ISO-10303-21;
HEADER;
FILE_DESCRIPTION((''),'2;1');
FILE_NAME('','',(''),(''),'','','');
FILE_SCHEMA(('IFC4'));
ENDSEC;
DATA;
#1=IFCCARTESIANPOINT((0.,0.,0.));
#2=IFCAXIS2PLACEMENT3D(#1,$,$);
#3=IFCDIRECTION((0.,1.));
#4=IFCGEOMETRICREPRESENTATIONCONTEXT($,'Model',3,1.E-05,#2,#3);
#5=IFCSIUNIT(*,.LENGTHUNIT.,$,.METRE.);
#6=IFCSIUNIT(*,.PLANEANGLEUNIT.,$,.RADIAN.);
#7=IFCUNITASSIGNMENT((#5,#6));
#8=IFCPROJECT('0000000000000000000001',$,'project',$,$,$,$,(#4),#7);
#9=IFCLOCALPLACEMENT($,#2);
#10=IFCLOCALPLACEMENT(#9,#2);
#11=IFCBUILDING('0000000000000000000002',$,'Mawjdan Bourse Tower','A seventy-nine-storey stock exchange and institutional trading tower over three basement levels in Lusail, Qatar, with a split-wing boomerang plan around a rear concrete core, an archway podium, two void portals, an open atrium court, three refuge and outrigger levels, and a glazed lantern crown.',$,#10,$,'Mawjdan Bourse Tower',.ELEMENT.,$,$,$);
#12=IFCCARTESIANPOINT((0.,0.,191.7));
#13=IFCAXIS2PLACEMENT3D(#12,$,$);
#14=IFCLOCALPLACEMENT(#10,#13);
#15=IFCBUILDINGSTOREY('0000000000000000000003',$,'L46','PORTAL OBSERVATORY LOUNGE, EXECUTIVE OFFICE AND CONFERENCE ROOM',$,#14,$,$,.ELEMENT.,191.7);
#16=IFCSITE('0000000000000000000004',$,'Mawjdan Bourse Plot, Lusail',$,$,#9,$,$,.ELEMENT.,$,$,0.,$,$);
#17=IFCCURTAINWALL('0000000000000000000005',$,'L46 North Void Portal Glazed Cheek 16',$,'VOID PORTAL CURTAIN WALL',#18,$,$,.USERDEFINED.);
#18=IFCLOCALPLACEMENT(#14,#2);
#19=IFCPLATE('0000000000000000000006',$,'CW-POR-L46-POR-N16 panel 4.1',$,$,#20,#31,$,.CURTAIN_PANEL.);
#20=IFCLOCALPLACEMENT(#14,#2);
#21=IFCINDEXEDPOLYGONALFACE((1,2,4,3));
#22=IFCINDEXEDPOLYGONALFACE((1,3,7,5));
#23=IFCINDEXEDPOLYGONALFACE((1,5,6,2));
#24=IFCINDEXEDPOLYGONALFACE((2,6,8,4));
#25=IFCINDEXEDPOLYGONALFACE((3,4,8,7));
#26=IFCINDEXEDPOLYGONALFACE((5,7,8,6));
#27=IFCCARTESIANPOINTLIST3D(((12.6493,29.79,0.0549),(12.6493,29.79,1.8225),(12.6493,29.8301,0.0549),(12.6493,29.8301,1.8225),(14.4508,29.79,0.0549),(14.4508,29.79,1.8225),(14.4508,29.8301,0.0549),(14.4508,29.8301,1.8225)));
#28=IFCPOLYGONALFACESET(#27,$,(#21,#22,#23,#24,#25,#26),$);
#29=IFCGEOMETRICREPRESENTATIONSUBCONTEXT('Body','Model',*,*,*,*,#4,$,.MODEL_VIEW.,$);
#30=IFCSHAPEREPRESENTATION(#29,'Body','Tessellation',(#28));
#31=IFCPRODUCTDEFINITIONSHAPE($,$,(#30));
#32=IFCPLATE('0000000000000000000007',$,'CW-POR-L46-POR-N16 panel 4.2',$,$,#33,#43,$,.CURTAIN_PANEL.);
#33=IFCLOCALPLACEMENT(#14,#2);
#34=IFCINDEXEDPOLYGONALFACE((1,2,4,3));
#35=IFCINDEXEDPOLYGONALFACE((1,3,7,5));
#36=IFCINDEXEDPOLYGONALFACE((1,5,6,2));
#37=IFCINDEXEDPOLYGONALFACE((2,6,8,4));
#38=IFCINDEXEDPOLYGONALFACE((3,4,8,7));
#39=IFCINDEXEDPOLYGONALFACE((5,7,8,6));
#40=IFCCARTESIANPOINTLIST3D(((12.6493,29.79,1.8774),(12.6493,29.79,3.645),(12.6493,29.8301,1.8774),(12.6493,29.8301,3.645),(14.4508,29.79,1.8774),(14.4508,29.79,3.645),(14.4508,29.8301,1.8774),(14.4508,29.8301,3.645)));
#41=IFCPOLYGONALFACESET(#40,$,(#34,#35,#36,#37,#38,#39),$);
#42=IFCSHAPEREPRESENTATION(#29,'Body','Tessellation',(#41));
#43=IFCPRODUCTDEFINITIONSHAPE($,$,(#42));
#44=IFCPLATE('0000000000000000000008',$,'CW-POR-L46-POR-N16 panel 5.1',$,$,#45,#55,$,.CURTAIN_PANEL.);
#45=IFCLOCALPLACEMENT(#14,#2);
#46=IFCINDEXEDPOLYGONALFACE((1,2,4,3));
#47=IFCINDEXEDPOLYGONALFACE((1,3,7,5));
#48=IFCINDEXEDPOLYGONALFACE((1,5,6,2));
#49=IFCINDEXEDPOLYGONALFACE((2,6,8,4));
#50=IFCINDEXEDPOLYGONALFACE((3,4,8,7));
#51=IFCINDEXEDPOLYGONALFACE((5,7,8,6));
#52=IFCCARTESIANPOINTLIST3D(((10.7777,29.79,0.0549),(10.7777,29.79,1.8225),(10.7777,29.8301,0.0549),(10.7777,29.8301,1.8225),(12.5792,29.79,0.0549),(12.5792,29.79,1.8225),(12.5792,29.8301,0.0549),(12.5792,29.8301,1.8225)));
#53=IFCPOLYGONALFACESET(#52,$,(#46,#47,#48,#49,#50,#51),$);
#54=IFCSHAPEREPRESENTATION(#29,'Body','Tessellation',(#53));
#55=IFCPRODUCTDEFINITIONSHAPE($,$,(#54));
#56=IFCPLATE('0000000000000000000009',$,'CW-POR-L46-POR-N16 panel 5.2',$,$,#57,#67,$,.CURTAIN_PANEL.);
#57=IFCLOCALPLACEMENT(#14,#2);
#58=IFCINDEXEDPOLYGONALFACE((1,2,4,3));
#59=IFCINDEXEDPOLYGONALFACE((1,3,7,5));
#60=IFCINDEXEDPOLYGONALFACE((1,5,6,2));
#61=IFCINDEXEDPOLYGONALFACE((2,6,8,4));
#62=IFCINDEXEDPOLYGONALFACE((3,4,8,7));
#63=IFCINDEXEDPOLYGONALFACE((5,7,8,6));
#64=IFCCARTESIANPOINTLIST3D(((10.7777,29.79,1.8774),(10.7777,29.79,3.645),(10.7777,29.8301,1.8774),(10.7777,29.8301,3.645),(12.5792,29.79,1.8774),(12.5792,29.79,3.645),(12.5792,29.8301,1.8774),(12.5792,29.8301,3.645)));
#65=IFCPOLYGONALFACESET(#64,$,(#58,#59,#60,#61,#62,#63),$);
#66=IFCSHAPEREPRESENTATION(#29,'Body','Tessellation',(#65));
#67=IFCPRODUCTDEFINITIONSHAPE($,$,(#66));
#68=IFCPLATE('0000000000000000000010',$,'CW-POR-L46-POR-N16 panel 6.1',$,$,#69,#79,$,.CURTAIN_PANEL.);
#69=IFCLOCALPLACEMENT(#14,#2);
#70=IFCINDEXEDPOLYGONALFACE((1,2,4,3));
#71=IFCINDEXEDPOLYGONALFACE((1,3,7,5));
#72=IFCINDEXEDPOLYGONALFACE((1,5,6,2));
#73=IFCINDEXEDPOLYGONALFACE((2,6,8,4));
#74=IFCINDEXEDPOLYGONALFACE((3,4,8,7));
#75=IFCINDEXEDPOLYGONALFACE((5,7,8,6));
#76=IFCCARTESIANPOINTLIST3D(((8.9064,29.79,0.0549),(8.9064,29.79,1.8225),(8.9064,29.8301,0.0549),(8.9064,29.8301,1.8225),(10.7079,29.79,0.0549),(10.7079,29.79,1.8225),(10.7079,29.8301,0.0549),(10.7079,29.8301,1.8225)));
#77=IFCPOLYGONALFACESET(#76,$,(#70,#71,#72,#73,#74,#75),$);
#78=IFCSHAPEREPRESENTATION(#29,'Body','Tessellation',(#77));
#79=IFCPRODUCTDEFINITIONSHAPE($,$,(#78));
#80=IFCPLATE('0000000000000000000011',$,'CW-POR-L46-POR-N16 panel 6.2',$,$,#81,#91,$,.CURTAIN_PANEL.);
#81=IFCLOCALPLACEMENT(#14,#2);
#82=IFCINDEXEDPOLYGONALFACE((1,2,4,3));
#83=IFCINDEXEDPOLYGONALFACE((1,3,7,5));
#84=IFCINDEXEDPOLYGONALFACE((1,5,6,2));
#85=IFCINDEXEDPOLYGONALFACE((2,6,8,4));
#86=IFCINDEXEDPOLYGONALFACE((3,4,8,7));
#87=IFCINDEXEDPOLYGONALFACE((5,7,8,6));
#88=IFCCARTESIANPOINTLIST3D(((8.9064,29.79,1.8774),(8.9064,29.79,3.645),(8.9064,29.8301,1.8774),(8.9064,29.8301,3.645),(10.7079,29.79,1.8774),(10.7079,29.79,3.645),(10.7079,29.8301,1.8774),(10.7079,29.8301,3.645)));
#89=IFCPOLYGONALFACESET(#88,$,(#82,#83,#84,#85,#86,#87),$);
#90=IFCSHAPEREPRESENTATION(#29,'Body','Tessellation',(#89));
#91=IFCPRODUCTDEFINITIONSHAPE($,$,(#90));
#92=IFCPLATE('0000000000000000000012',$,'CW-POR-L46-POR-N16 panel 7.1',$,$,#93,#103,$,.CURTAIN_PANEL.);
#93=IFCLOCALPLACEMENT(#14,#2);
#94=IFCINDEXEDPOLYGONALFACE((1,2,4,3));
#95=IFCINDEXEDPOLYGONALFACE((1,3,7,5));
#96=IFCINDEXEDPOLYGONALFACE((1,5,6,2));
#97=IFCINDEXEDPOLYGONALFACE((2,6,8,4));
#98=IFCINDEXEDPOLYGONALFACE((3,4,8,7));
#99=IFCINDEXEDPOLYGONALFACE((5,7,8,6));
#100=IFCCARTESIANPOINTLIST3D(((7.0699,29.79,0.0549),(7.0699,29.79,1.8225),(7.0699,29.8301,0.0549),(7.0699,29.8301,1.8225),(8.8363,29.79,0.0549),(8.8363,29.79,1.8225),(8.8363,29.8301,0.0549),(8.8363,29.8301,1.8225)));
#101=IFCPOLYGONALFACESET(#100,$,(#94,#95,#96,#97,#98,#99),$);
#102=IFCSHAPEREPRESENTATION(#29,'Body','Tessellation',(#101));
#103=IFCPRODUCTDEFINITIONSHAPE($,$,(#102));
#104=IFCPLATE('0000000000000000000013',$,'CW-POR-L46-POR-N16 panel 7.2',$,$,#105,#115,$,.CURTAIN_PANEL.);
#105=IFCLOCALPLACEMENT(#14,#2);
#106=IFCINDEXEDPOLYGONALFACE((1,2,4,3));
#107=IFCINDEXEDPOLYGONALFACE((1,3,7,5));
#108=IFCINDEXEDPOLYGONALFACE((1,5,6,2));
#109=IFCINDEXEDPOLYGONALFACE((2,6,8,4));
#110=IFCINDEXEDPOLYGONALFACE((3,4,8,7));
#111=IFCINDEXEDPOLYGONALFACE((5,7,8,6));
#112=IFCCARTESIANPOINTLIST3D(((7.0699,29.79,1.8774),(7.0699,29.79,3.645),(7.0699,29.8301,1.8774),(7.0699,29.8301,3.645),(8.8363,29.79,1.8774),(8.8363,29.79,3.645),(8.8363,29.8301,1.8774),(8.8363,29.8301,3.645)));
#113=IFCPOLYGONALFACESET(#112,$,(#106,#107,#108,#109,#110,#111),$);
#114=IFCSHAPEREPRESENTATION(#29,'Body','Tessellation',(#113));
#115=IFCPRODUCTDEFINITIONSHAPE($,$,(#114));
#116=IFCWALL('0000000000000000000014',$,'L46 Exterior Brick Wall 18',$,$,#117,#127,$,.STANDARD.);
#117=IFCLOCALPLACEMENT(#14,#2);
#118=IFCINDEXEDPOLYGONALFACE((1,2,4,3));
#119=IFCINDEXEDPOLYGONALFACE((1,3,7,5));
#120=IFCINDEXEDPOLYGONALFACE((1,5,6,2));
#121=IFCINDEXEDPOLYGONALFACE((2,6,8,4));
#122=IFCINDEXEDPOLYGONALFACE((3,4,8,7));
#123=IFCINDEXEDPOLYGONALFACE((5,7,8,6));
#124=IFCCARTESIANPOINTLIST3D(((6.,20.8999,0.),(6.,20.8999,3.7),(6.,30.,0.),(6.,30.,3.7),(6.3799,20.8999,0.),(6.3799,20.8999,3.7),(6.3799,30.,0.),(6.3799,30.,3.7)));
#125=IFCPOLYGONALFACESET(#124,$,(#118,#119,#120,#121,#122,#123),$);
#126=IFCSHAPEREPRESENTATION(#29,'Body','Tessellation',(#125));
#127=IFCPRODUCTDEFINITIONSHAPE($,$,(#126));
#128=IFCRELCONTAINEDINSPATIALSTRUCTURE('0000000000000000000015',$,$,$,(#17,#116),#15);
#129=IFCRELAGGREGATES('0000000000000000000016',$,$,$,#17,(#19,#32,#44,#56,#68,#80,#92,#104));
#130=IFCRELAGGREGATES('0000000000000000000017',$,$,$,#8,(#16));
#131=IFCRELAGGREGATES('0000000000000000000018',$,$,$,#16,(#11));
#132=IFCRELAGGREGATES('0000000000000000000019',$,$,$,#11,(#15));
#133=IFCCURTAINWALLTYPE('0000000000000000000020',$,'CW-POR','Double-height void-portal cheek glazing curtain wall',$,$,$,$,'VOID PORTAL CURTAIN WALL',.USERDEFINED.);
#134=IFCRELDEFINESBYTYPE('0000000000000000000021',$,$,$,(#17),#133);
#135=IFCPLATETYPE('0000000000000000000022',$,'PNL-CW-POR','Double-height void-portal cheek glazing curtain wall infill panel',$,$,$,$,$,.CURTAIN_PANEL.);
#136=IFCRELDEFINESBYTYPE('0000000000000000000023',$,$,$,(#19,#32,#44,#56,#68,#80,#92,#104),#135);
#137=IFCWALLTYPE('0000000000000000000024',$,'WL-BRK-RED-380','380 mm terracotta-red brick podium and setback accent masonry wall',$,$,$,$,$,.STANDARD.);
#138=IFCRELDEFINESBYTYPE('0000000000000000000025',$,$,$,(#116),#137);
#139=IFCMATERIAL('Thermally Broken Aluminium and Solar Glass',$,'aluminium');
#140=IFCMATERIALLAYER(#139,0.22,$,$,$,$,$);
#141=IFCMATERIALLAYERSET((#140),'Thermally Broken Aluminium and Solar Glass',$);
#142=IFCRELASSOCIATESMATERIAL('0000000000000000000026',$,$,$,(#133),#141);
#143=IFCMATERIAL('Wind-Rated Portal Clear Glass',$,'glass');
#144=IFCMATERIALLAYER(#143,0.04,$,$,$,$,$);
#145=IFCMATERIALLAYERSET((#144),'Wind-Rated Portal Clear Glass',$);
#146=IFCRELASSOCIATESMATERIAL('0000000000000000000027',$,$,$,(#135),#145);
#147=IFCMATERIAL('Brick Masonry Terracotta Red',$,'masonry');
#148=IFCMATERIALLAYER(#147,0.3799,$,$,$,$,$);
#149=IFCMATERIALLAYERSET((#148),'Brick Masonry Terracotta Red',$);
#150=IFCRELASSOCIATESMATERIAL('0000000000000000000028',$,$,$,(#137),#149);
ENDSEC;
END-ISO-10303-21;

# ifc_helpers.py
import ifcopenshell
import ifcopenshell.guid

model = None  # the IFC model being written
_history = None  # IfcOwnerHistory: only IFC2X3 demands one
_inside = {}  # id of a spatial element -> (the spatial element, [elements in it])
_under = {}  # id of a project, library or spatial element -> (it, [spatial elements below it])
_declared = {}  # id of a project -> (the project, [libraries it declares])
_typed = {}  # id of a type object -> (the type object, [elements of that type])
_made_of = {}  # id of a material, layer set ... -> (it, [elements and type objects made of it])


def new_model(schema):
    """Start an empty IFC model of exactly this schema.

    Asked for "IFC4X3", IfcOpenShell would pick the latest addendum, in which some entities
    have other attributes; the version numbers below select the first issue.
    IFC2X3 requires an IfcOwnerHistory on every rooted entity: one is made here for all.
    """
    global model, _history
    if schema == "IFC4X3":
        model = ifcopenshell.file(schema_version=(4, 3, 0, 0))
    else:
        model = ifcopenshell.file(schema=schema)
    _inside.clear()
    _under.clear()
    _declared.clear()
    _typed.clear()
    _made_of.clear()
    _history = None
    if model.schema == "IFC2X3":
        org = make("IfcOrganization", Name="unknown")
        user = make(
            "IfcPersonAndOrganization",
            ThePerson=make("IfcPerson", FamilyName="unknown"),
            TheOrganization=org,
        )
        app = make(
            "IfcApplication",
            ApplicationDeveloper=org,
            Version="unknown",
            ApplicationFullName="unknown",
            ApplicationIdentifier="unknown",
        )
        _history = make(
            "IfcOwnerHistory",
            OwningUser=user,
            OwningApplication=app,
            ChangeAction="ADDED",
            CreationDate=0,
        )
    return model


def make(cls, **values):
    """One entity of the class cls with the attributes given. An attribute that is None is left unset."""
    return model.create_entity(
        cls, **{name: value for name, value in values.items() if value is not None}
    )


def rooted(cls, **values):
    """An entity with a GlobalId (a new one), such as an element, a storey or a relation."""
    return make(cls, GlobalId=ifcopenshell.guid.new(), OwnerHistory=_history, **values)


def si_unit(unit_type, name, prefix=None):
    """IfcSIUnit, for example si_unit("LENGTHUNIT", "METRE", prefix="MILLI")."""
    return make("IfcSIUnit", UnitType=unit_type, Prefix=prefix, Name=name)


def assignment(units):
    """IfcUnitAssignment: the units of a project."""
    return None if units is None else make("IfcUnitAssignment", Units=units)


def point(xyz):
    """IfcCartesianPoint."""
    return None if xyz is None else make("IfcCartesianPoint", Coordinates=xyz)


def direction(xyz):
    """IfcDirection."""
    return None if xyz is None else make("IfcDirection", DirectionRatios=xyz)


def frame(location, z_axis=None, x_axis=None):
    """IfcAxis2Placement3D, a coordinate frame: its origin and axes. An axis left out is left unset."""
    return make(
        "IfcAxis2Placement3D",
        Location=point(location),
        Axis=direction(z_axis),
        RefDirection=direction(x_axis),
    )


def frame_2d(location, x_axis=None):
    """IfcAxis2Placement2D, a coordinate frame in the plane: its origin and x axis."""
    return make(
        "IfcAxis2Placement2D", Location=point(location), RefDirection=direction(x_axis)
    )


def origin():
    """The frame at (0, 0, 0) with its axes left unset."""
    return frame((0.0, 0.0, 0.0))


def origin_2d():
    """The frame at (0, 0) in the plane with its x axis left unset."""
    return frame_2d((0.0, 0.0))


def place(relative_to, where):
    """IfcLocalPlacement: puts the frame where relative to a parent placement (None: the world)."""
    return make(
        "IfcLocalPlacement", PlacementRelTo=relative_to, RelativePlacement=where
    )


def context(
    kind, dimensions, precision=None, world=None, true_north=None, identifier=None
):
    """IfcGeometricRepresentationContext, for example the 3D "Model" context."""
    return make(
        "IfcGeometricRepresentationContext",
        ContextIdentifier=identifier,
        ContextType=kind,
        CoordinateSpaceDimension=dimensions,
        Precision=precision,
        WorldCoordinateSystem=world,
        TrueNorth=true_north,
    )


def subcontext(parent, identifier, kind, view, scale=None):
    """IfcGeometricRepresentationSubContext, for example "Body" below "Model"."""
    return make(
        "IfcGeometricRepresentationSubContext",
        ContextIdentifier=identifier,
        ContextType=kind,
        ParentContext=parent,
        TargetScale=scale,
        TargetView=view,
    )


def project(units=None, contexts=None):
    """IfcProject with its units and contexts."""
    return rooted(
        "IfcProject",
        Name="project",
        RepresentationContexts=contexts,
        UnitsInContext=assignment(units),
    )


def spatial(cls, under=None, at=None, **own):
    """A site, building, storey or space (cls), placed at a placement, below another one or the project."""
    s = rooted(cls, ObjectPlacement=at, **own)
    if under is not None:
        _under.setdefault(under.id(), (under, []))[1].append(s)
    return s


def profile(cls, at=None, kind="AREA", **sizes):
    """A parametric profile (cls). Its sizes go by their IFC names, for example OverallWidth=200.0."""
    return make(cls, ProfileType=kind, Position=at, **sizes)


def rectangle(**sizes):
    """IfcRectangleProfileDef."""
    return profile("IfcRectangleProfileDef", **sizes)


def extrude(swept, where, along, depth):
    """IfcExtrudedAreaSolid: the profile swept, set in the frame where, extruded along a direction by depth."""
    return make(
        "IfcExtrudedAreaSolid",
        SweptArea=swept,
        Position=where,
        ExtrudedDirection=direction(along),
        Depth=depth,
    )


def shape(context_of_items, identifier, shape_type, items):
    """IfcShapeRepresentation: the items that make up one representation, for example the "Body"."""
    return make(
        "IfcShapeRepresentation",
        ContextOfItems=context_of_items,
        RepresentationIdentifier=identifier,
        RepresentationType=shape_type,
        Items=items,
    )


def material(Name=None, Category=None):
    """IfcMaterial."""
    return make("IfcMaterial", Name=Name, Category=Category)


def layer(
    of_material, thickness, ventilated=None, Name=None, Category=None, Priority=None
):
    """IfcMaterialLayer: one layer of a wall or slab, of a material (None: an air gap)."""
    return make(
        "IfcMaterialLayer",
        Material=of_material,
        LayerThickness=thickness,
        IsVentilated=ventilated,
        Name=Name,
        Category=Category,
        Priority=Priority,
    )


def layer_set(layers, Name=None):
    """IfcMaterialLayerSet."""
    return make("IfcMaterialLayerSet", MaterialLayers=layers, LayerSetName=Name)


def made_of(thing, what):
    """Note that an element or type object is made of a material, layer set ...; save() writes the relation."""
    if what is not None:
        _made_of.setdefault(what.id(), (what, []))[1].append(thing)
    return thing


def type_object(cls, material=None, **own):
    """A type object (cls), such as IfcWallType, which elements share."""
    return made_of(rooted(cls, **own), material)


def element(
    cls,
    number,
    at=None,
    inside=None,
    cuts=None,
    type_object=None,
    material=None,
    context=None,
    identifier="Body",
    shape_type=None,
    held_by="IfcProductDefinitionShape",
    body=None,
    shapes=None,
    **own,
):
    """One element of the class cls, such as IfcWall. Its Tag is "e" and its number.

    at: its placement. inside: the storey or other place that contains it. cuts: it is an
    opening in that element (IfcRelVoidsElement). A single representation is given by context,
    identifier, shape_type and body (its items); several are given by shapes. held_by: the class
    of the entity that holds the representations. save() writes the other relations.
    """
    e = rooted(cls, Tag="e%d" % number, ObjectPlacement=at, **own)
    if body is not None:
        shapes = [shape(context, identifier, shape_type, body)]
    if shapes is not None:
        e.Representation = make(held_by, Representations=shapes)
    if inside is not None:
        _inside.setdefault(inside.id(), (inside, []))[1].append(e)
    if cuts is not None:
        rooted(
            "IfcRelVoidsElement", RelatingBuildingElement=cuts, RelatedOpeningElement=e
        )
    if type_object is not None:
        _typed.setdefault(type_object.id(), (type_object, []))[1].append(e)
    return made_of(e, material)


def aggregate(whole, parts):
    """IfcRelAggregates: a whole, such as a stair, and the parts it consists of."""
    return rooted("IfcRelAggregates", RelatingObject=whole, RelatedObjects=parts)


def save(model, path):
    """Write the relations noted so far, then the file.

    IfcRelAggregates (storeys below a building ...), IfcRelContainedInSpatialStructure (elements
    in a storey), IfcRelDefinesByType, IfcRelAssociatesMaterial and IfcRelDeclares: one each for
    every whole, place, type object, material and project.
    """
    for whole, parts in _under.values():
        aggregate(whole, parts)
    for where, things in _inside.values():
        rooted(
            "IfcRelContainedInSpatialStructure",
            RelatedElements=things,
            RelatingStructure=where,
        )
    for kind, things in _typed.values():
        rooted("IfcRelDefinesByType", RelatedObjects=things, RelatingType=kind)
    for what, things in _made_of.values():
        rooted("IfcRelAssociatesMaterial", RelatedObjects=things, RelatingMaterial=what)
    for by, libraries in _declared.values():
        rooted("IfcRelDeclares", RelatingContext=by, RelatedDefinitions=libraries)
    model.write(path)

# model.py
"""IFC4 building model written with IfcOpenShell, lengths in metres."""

from ifc_helpers import new_model, si_unit, direction, frame, frame_2d, origin, origin_2d, place, context, subcontext, project, spatial, rectangle, extrude, material, layer, layer_set, type_object, element, aggregate, save


model = new_model("IFC4")

# Units and contexts
model_context = context("Model", 3, precision=1e-05, world=origin(), true_north=direction((0.0, 1.0)))
body_context = subcontext(model_context, "Body", "Model", "MODEL_VIEW")
ifc_project = project(units=[si_unit("LENGTHUNIT", "METRE"), si_unit("PLANEANGLEUNIT", "RADIAN")], contexts=[model_context])

# Site, building, storey
site_placement = place(None, origin())
site = spatial("IfcSite", under=ifc_project, at=site_placement, Name="Mawjdan Bourse Plot, Lusail", CompositionType="ELEMENT", RefElevation=0.0)
building_placement = place(site_placement, origin())
building = spatial("IfcBuilding", under=site, at=building_placement, Name="Mawjdan Bourse Tower", Description="A seventy-nine-storey stock exchange and institutional trading tower over three basement levels in Lusail, Qatar, with a split-wing boomerang plan around a rear concrete core, an archway podium, two void portals, an open atrium court, three refuge and outrigger levels, and a glazed lantern crown.", LongName="Mawjdan Bourse Tower", CompositionType="ELEMENT")
storey_placement = place(building_placement, frame((0.0, 0.0, 191.7)))
storey = spatial("IfcBuildingStorey", under=building, at=storey_placement, Name="L46", Description="PORTAL OBSERVATORY LOUNGE, EXECUTIVE OFFICE AND CONFERENCE ROOM", CompositionType="ELEMENT", Elevation=191.7)

# Shared definitions
ifc_material_1 = material(Name="Thermally Broken Aluminium and Solar Glass", Category="aluminium")
ifc_layer_1 = layer(ifc_material_1, 0.22)
ifc_layer_set_1 = layer_set([ifc_layer_1], Name="Thermally Broken Aluminium and Solar Glass")
curtain_wall_type = type_object("IfcCurtainWallType", Name="CW-POR", Description="Double-height void-portal cheek glazing curtain wall", ElementType="VOID PORTAL CURTAIN WALL", PredefinedType="USERDEFINED", material=ifc_layer_set_1)

# Curtain wall
curtain_wall_1_placement = place(storey_placement, origin())
curtain_wall_1 = element("IfcCurtainWall", 1, at=curtain_wall_1_placement, inside=storey, type_object=curtain_wall_type, Name="L46 North Void Portal Glazed Cheek 16", ObjectType="VOID PORTAL CURTAIN WALL", PredefinedType="USERDEFINED")

# Plates
ifc_material_2 = material(Name="Wind-Rated Portal Clear Glass", Category="glass")
ifc_layer_2 = layer(ifc_material_2, 0.04)
ifc_layer_set_2 = layer_set([ifc_layer_2], Name="Wind-Rated Portal Clear Glass")
plate_type = type_object("IfcPlateType", Name="PNL-CW-POR", Description="Double-height void-portal cheek glazing curtain wall infill panel", PredefinedType="CURTAIN_PANEL", material=ifc_layer_set_2)
plate_1_placement = place(storey_placement, frame((13.55, 29.8101, 0.0549), z_axis=(0.0, 0.0, 1.0), x_axis=(-1.0, 0.0, 0.0)))
plate_1 = element("IfcPlate", 2, at=plate_1_placement, type_object=plate_type, Name="CW-POR-L46-POR-N16 panel 4.1", PredefinedType="CURTAIN_PANEL", context=body_context, shape_type="SweptSolid", body=[
    extrude(rectangle(XDim=1.8015, YDim=0.04, at=origin_2d()), origin(), (0.0, 0.0, 1.0), 1.7676),
])
plate_2_placement = place(storey_placement, frame((13.55, 29.8101, 1.8774), z_axis=(0.0, 0.0, 1.0), x_axis=(-1.0, 0.0, 0.0)))
plate_2 = element("IfcPlate", 3, at=plate_2_placement, type_object=plate_type, Name="CW-POR-L46-POR-N16 panel 4.2", PredefinedType="CURTAIN_PANEL", context=body_context, shape_type="SweptSolid", body=[
    extrude(rectangle(XDim=1.8015, YDim=0.04, at=origin_2d()), origin(), (0.0, 0.0, 1.0), 1.7676),
])
plate_3_placement = place(storey_placement, frame((11.6785, 29.8101, 0.0549), z_axis=(0.0, 0.0, 1.0), x_axis=(-1.0, 0.0, 0.0)))
plate_3 = element("IfcPlate", 4, at=plate_3_placement, type_object=plate_type, Name="CW-POR-L46-POR-N16 panel 5.1", PredefinedType="CURTAIN_PANEL", context=body_context, shape_type="SweptSolid", body=[
    extrude(rectangle(XDim=1.8015, YDim=0.04, at=origin_2d()), origin(), (0.0, 0.0, 1.0), 1.7676),
])
plate_4_placement = place(storey_placement, frame((11.6785, 29.8101, 1.8774), z_axis=(0.0, 0.0, 1.0), x_axis=(-1.0, 0.0, 0.0)))
plate_4 = element("IfcPlate", 5, at=plate_4_placement, type_object=plate_type, Name="CW-POR-L46-POR-N16 panel 5.2", PredefinedType="CURTAIN_PANEL", context=body_context, shape_type="SweptSolid", body=[
    extrude(rectangle(XDim=1.8015, YDim=0.04, at=origin_2d()), origin(), (0.0, 0.0, 1.0), 1.7676),
])
plate_5_placement = place(storey_placement, frame((9.8071, 29.8101, 0.0549), z_axis=(0.0, 0.0, 1.0), x_axis=(-1.0, 0.0, 0.0)))
plate_5 = element("IfcPlate", 6, at=plate_5_placement, type_object=plate_type, Name="CW-POR-L46-POR-N16 panel 6.1", PredefinedType="CURTAIN_PANEL", context=body_context, shape_type="SweptSolid", body=[
    extrude(rectangle(XDim=1.8015, YDim=0.04, at=origin_2d()), origin(), (0.0, 0.0, 1.0), 1.7676),
])
plate_6_placement = place(storey_placement, frame((9.8071, 29.8101, 1.8774), z_axis=(0.0, 0.0, 1.0), x_axis=(-1.0, 0.0, 0.0)))
plate_6 = element("IfcPlate", 7, at=plate_6_placement, type_object=plate_type, Name="CW-POR-L46-POR-N16 panel 6.2", PredefinedType="CURTAIN_PANEL", context=body_context, shape_type="SweptSolid", body=[
    extrude(rectangle(XDim=1.8015, YDim=0.04, at=origin_2d()), origin(), (0.0, 0.0, 1.0), 1.7676),
])
plate_7_placement = place(storey_placement, frame((7.9531, 29.8101, 0.0549), z_axis=(0.0, 0.0, 1.0), x_axis=(-1.0, 0.0, 0.0)))
plate_7 = element("IfcPlate", 8, at=plate_7_placement, type_object=plate_type, Name="CW-POR-L46-POR-N16 panel 7.1", PredefinedType="CURTAIN_PANEL", context=body_context, shape_type="SweptSolid", body=[
    extrude(rectangle(XDim=1.7664, YDim=0.04, at=origin_2d()), origin(), (0.0, 0.0, 1.0), 1.7676),
])
plate_8_placement = place(storey_placement, frame((7.9531, 29.8101, 1.8774), z_axis=(0.0, 0.0, 1.0), x_axis=(-1.0, 0.0, 0.0)))
plate_8 = element("IfcPlate", 9, at=plate_8_placement, type_object=plate_type, Name="CW-POR-L46-POR-N16 panel 7.2", PredefinedType="CURTAIN_PANEL", context=body_context, shape_type="SweptSolid", body=[
    extrude(rectangle(XDim=1.7664, YDim=0.04, at=origin_2d()), origin(), (0.0, 0.0, 1.0), 1.7676),
])
aggregate(curtain_wall_1, [plate_1, plate_2, plate_3, plate_4, plate_5, plate_6, plate_7, plate_8])

# Wall
ifc_material_3 = material(Name="Brick Masonry Terracotta Red", Category="masonry")
ifc_layer_3 = layer(ifc_material_3, 0.3799)
ifc_layer_set_3 = layer_set([ifc_layer_3], Name="Brick Masonry Terracotta Red")
wall_type = type_object("IfcWallType", Name="WL-BRK-RED-380", Description="380 mm terracotta-red brick podium and setback accent masonry wall", PredefinedType="STANDARD", material=ifc_layer_set_3)
wall_placement = place(storey_placement, frame((6.1899, 30.0, 0.0), z_axis=(0.0, 0.0, 1.0), x_axis=(0.0, -1.0, 0.0)))
element("IfcWall", 10, at=wall_placement, inside=storey, type_object=wall_type, Name="L46 Exterior Brick Wall 18", PredefinedType="STANDARD", context=body_context, shape_type="SweptSolid", body=[
    extrude(rectangle(XDim=9.1001, YDim=0.3799, at=frame_2d((4.55, 0.0))), origin(), (0.0, 0.0, 1.0), 3.7),
])

save(model, "model.ifc")
